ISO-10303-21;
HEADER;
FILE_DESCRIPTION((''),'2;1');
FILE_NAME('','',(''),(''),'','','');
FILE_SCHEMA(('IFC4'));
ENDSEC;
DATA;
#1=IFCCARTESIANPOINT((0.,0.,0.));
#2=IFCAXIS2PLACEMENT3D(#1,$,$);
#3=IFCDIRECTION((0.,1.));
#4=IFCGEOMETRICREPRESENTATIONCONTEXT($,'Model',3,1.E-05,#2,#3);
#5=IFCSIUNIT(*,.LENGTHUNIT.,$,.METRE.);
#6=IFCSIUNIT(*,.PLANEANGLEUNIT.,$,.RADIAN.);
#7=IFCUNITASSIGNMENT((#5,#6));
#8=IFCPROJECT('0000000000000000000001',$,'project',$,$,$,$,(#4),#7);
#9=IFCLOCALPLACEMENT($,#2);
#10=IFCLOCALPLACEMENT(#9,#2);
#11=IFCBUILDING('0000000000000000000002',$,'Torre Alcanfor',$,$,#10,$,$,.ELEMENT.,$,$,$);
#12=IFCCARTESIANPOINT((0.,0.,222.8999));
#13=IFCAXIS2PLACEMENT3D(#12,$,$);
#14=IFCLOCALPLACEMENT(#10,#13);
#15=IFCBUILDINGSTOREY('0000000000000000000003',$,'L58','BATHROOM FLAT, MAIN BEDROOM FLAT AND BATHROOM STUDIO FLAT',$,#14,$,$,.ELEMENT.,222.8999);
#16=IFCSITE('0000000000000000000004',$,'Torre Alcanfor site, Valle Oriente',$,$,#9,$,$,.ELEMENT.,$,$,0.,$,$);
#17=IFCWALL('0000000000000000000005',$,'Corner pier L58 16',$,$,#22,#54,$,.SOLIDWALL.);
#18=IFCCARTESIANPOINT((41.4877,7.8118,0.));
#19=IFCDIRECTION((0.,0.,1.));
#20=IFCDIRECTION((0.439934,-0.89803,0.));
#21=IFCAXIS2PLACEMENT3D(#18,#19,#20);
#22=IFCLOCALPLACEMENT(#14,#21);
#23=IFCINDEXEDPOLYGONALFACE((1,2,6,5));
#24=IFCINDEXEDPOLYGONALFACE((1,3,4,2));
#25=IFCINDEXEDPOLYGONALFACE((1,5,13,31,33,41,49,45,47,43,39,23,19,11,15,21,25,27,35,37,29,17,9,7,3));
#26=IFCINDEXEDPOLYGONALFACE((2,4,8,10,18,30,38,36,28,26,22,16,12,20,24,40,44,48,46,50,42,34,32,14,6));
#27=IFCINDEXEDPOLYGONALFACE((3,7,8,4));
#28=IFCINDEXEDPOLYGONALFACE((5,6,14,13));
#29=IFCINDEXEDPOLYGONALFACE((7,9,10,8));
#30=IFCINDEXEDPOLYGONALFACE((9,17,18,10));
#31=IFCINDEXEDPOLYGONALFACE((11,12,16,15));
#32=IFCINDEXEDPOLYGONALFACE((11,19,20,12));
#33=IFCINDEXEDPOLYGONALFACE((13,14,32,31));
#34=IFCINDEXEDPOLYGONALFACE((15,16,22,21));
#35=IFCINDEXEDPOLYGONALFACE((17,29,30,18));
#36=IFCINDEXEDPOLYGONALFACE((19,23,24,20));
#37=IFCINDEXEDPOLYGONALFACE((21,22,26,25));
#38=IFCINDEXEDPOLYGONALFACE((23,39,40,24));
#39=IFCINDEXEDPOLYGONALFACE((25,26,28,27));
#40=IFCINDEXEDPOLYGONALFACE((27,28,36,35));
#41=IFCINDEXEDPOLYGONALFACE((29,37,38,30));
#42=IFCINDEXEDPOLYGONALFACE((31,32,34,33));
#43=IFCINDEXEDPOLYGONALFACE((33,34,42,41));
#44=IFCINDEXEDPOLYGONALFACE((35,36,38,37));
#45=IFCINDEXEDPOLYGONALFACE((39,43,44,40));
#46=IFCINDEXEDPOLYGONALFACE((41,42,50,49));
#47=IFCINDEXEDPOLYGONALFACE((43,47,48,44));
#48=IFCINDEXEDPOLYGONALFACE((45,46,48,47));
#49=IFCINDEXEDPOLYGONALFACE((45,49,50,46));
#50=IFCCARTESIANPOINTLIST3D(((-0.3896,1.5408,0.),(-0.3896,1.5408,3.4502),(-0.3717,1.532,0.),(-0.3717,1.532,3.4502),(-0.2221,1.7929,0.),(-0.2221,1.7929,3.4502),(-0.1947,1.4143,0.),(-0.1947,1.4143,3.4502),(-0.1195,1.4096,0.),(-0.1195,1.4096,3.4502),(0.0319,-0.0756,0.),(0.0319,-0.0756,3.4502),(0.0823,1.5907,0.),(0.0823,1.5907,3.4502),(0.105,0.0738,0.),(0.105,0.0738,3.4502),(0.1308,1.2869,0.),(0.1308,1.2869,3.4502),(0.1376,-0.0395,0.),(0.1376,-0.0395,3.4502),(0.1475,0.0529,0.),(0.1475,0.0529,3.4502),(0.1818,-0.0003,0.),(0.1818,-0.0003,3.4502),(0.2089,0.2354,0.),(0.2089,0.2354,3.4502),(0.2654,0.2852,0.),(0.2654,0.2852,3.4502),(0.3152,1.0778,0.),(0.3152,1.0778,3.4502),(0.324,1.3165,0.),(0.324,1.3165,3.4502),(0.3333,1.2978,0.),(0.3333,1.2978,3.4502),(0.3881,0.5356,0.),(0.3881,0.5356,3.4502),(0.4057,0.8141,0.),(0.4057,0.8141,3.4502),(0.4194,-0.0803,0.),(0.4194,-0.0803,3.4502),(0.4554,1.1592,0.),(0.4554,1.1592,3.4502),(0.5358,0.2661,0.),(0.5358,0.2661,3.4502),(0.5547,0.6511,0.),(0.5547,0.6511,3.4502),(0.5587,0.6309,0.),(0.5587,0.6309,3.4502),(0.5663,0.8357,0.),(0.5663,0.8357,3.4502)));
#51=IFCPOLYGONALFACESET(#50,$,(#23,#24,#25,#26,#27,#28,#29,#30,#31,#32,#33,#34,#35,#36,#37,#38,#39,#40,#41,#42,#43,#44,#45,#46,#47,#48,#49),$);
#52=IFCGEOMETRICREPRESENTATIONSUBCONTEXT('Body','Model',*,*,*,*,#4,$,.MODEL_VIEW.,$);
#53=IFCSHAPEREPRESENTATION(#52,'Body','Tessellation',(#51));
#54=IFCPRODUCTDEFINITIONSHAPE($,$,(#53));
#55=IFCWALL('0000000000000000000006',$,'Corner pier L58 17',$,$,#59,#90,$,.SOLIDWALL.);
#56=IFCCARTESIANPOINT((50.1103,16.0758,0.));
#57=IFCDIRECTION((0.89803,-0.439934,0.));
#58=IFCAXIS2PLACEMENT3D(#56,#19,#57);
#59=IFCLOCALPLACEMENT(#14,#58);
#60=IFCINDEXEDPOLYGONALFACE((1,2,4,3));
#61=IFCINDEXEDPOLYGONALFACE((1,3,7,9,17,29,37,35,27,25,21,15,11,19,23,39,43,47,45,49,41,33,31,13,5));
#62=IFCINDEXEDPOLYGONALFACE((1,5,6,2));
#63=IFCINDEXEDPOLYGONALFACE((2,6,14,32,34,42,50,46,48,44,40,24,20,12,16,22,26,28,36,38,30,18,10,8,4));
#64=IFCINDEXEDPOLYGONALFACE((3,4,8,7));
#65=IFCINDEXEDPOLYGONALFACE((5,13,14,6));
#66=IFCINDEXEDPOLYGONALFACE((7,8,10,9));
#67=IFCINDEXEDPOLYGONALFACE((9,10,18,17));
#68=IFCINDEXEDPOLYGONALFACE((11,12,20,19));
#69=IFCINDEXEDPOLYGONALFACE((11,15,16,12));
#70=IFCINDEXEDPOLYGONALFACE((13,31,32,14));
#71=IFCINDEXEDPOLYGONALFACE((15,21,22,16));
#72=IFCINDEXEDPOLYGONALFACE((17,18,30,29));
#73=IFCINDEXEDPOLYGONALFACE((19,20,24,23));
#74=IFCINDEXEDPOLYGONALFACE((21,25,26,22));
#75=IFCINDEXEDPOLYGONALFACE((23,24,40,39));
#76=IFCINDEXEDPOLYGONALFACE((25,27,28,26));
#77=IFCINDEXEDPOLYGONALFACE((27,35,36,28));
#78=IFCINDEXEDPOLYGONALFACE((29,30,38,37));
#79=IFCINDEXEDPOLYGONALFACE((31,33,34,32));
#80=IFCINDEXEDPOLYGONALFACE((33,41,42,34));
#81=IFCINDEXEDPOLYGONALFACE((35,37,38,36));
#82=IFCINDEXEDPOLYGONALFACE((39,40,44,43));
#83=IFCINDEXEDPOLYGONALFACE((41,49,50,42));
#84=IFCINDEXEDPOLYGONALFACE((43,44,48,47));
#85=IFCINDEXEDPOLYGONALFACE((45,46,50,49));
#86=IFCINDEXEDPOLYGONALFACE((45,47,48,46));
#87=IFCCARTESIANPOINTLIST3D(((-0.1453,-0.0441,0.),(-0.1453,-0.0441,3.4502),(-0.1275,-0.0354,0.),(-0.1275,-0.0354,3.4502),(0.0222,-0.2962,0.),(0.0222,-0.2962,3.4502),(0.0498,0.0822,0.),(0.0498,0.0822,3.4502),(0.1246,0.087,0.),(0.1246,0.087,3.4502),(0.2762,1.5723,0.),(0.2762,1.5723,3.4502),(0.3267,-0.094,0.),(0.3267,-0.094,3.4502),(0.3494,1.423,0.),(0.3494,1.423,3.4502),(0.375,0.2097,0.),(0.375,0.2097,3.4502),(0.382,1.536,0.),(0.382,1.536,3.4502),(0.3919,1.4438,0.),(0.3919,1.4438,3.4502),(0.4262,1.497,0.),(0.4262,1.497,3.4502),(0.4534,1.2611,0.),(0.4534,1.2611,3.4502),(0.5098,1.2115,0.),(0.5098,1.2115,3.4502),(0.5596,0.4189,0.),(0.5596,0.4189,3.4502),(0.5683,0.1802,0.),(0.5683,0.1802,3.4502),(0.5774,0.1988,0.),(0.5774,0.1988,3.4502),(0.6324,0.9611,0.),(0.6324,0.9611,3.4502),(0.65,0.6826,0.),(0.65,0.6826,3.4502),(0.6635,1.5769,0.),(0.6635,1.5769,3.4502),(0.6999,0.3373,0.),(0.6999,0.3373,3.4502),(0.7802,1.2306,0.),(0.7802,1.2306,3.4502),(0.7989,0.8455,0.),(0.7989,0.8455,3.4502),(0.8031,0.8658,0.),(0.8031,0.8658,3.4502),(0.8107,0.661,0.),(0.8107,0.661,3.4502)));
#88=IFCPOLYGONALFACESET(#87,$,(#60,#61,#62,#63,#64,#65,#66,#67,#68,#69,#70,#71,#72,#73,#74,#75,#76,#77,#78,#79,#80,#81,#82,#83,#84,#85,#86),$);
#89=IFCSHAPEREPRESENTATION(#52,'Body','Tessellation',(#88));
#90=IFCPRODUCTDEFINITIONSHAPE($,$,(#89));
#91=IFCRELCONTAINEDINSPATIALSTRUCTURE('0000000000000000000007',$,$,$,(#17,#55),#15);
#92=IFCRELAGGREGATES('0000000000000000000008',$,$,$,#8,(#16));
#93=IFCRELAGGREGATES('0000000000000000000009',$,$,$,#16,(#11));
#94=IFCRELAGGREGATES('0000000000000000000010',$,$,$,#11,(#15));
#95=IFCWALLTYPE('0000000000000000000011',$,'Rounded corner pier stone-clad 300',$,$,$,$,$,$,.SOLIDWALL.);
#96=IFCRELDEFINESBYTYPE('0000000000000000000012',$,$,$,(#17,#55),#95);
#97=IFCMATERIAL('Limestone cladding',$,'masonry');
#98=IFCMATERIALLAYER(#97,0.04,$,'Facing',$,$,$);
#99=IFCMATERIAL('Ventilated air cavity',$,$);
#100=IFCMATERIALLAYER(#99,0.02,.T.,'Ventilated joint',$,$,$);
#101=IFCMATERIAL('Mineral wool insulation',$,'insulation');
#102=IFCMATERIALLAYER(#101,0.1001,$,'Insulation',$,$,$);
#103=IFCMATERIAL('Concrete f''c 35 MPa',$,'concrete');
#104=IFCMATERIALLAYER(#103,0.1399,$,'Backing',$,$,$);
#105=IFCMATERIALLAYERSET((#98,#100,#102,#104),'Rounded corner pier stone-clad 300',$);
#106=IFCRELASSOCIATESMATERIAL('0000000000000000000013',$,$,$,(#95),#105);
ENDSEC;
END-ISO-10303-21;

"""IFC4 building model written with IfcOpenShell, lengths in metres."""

from ifc_helpers import new_model, si_unit, direction, frame, origin, place, context, subcontext, project, spatial, polyline, outline, extrude, material, layer, layer_set, type_object, element, save


model = new_model("IFC4")

# Units and contexts
model_context = context("Model", 3, precision=1e-05, world=origin(), true_north=direction((0.0, 1.0)))
body_context = subcontext(model_context, "Body", "Model", "MODEL_VIEW")
ifc_project = project(units=[si_unit("LENGTHUNIT", "METRE"), si_unit("PLANEANGLEUNIT", "RADIAN")], contexts=[model_context])

# Site, building, storey
site_placement = place(None, origin())
site = spatial("IfcSite", under=ifc_project, at=site_placement, Name="Torre Alcanfor site, Valle Oriente", CompositionType="ELEMENT", RefElevation=0.0)
building_placement = place(site_placement, origin())
building = spatial("IfcBuilding", under=site, at=building_placement, Name="Torre Alcanfor", CompositionType="ELEMENT")
storey_placement = place(building_placement, frame((0.0, 0.0, 222.8999)))
storey = spatial("IfcBuildingStorey", under=building, at=storey_placement, Name="L58", Description="BATHROOM FLAT, MAIN BEDROOM FLAT AND BATHROOM STUDIO FLAT", CompositionType="ELEMENT", Elevation=222.8999)

# Shared definitions
ifc_material_1 = material(Name="Limestone cladding", Category="masonry")
ifc_material_2 = material(Name="Ventilated air cavity")
ifc_material_3 = material(Name="Mineral wool insulation", Category="insulation")
ifc_material_4 = material(Name="Concrete f'c 35 MPa", Category="concrete")

# Walls
ifc_layer_1 = layer(ifc_material_1, 0.04, Name="Facing")
ifc_layer_2 = layer(ifc_material_2, 0.02, ventilated=True, Name="Ventilated joint")
ifc_layer_3 = layer(ifc_material_3, 0.1001, Name="Insulation")
ifc_layer_4 = layer(ifc_material_4, 0.1399, Name="Backing")
ifc_layer_set_1 = layer_set([ifc_layer_1, ifc_layer_2, ifc_layer_3, ifc_layer_4], Name="Rounded corner pier stone-clad 300")
wall_type_1 = type_object("IfcWallType", Name="Rounded corner pier stone-clad 300", PredefinedType="SOLIDWALL", material=ifc_layer_set_1)
wall_1_placement = place(storey_placement, frame((41.4877, 7.8118, 0.0), z_axis=(0.0, 0.0, 1.0), x_axis=(0.439934, -0.89803, 0.0)))
element("IfcWall", 1, at=wall_1_placement, inside=storey, type_object=wall_type_1, Name="Corner pier L58 16", PredefinedType="SOLIDWALL", context=body_context, shape_type="SweptSolid", body=[
    extrude(outline(polyline([(-0.2221, 1.7929), (-0.3896, 1.5408), (-0.3717, 1.532), (-0.1947, 1.4143), (-0.1195, 1.4096), (0.1308, 1.2869), (0.3152, 1.0778), (0.4057, 0.8141), (0.3881, 0.5356), (0.2654, 0.2852), (0.2089, 0.2354), (0.1475, 0.0529), (0.105, 0.0738), (0.0319, -0.0756), (0.1376, -0.0395), (0.1818, -0.0003), (0.4194, -0.0803), (0.5358, 0.2661), (0.5587, 0.6309), (0.5547, 0.6511), (0.5663, 0.8357), (0.4554, 1.1592), (0.3333, 1.2978), (0.324, 1.3165), (0.0823, 1.5907), (-0.2221, 1.7929)])), origin(), (0.0, 0.0, 1.0), 3.4502),
])
wall_2_placement = place(storey_placement, frame((50.1103, 16.0758, 0.0), z_axis=(0.0, 0.0, 1.0), x_axis=(0.89803, -0.439934, 0.0)))
element("IfcWall", 2, at=wall_2_placement, inside=storey, type_object=wall_type_1, Name="Corner pier L58 17", PredefinedType="SOLIDWALL", context=body_context, shape_type="SweptSolid", body=[
    extrude(outline(polyline([(0.6635, 1.5769), (0.4262, 1.497), (0.382, 1.536), (0.2762, 1.5723), (0.3494, 1.423), (0.3919, 1.4438), (0.4534, 1.2611), (0.5098, 1.2115), (0.6324, 0.9611), (0.65, 0.6826), (0.5596, 0.4189), (0.375, 0.2097), (0.1246, 0.087), (0.0498, 0.0822), (-0.1275, -0.0354), (-0.1453, -0.0441), (0.0222, -0.2962), (0.3267, -0.094), (0.5683, 0.1802), (0.5774, 0.1988), (0.6999, 0.3373), (0.8107, 0.661), (0.7989, 0.8455), (0.8031, 0.8658), (0.7802, 1.2306), (0.6635, 1.5769)])), origin(), (0.0, 0.0, 1.0), 3.4502),
])

save(model, "model.ifc")
